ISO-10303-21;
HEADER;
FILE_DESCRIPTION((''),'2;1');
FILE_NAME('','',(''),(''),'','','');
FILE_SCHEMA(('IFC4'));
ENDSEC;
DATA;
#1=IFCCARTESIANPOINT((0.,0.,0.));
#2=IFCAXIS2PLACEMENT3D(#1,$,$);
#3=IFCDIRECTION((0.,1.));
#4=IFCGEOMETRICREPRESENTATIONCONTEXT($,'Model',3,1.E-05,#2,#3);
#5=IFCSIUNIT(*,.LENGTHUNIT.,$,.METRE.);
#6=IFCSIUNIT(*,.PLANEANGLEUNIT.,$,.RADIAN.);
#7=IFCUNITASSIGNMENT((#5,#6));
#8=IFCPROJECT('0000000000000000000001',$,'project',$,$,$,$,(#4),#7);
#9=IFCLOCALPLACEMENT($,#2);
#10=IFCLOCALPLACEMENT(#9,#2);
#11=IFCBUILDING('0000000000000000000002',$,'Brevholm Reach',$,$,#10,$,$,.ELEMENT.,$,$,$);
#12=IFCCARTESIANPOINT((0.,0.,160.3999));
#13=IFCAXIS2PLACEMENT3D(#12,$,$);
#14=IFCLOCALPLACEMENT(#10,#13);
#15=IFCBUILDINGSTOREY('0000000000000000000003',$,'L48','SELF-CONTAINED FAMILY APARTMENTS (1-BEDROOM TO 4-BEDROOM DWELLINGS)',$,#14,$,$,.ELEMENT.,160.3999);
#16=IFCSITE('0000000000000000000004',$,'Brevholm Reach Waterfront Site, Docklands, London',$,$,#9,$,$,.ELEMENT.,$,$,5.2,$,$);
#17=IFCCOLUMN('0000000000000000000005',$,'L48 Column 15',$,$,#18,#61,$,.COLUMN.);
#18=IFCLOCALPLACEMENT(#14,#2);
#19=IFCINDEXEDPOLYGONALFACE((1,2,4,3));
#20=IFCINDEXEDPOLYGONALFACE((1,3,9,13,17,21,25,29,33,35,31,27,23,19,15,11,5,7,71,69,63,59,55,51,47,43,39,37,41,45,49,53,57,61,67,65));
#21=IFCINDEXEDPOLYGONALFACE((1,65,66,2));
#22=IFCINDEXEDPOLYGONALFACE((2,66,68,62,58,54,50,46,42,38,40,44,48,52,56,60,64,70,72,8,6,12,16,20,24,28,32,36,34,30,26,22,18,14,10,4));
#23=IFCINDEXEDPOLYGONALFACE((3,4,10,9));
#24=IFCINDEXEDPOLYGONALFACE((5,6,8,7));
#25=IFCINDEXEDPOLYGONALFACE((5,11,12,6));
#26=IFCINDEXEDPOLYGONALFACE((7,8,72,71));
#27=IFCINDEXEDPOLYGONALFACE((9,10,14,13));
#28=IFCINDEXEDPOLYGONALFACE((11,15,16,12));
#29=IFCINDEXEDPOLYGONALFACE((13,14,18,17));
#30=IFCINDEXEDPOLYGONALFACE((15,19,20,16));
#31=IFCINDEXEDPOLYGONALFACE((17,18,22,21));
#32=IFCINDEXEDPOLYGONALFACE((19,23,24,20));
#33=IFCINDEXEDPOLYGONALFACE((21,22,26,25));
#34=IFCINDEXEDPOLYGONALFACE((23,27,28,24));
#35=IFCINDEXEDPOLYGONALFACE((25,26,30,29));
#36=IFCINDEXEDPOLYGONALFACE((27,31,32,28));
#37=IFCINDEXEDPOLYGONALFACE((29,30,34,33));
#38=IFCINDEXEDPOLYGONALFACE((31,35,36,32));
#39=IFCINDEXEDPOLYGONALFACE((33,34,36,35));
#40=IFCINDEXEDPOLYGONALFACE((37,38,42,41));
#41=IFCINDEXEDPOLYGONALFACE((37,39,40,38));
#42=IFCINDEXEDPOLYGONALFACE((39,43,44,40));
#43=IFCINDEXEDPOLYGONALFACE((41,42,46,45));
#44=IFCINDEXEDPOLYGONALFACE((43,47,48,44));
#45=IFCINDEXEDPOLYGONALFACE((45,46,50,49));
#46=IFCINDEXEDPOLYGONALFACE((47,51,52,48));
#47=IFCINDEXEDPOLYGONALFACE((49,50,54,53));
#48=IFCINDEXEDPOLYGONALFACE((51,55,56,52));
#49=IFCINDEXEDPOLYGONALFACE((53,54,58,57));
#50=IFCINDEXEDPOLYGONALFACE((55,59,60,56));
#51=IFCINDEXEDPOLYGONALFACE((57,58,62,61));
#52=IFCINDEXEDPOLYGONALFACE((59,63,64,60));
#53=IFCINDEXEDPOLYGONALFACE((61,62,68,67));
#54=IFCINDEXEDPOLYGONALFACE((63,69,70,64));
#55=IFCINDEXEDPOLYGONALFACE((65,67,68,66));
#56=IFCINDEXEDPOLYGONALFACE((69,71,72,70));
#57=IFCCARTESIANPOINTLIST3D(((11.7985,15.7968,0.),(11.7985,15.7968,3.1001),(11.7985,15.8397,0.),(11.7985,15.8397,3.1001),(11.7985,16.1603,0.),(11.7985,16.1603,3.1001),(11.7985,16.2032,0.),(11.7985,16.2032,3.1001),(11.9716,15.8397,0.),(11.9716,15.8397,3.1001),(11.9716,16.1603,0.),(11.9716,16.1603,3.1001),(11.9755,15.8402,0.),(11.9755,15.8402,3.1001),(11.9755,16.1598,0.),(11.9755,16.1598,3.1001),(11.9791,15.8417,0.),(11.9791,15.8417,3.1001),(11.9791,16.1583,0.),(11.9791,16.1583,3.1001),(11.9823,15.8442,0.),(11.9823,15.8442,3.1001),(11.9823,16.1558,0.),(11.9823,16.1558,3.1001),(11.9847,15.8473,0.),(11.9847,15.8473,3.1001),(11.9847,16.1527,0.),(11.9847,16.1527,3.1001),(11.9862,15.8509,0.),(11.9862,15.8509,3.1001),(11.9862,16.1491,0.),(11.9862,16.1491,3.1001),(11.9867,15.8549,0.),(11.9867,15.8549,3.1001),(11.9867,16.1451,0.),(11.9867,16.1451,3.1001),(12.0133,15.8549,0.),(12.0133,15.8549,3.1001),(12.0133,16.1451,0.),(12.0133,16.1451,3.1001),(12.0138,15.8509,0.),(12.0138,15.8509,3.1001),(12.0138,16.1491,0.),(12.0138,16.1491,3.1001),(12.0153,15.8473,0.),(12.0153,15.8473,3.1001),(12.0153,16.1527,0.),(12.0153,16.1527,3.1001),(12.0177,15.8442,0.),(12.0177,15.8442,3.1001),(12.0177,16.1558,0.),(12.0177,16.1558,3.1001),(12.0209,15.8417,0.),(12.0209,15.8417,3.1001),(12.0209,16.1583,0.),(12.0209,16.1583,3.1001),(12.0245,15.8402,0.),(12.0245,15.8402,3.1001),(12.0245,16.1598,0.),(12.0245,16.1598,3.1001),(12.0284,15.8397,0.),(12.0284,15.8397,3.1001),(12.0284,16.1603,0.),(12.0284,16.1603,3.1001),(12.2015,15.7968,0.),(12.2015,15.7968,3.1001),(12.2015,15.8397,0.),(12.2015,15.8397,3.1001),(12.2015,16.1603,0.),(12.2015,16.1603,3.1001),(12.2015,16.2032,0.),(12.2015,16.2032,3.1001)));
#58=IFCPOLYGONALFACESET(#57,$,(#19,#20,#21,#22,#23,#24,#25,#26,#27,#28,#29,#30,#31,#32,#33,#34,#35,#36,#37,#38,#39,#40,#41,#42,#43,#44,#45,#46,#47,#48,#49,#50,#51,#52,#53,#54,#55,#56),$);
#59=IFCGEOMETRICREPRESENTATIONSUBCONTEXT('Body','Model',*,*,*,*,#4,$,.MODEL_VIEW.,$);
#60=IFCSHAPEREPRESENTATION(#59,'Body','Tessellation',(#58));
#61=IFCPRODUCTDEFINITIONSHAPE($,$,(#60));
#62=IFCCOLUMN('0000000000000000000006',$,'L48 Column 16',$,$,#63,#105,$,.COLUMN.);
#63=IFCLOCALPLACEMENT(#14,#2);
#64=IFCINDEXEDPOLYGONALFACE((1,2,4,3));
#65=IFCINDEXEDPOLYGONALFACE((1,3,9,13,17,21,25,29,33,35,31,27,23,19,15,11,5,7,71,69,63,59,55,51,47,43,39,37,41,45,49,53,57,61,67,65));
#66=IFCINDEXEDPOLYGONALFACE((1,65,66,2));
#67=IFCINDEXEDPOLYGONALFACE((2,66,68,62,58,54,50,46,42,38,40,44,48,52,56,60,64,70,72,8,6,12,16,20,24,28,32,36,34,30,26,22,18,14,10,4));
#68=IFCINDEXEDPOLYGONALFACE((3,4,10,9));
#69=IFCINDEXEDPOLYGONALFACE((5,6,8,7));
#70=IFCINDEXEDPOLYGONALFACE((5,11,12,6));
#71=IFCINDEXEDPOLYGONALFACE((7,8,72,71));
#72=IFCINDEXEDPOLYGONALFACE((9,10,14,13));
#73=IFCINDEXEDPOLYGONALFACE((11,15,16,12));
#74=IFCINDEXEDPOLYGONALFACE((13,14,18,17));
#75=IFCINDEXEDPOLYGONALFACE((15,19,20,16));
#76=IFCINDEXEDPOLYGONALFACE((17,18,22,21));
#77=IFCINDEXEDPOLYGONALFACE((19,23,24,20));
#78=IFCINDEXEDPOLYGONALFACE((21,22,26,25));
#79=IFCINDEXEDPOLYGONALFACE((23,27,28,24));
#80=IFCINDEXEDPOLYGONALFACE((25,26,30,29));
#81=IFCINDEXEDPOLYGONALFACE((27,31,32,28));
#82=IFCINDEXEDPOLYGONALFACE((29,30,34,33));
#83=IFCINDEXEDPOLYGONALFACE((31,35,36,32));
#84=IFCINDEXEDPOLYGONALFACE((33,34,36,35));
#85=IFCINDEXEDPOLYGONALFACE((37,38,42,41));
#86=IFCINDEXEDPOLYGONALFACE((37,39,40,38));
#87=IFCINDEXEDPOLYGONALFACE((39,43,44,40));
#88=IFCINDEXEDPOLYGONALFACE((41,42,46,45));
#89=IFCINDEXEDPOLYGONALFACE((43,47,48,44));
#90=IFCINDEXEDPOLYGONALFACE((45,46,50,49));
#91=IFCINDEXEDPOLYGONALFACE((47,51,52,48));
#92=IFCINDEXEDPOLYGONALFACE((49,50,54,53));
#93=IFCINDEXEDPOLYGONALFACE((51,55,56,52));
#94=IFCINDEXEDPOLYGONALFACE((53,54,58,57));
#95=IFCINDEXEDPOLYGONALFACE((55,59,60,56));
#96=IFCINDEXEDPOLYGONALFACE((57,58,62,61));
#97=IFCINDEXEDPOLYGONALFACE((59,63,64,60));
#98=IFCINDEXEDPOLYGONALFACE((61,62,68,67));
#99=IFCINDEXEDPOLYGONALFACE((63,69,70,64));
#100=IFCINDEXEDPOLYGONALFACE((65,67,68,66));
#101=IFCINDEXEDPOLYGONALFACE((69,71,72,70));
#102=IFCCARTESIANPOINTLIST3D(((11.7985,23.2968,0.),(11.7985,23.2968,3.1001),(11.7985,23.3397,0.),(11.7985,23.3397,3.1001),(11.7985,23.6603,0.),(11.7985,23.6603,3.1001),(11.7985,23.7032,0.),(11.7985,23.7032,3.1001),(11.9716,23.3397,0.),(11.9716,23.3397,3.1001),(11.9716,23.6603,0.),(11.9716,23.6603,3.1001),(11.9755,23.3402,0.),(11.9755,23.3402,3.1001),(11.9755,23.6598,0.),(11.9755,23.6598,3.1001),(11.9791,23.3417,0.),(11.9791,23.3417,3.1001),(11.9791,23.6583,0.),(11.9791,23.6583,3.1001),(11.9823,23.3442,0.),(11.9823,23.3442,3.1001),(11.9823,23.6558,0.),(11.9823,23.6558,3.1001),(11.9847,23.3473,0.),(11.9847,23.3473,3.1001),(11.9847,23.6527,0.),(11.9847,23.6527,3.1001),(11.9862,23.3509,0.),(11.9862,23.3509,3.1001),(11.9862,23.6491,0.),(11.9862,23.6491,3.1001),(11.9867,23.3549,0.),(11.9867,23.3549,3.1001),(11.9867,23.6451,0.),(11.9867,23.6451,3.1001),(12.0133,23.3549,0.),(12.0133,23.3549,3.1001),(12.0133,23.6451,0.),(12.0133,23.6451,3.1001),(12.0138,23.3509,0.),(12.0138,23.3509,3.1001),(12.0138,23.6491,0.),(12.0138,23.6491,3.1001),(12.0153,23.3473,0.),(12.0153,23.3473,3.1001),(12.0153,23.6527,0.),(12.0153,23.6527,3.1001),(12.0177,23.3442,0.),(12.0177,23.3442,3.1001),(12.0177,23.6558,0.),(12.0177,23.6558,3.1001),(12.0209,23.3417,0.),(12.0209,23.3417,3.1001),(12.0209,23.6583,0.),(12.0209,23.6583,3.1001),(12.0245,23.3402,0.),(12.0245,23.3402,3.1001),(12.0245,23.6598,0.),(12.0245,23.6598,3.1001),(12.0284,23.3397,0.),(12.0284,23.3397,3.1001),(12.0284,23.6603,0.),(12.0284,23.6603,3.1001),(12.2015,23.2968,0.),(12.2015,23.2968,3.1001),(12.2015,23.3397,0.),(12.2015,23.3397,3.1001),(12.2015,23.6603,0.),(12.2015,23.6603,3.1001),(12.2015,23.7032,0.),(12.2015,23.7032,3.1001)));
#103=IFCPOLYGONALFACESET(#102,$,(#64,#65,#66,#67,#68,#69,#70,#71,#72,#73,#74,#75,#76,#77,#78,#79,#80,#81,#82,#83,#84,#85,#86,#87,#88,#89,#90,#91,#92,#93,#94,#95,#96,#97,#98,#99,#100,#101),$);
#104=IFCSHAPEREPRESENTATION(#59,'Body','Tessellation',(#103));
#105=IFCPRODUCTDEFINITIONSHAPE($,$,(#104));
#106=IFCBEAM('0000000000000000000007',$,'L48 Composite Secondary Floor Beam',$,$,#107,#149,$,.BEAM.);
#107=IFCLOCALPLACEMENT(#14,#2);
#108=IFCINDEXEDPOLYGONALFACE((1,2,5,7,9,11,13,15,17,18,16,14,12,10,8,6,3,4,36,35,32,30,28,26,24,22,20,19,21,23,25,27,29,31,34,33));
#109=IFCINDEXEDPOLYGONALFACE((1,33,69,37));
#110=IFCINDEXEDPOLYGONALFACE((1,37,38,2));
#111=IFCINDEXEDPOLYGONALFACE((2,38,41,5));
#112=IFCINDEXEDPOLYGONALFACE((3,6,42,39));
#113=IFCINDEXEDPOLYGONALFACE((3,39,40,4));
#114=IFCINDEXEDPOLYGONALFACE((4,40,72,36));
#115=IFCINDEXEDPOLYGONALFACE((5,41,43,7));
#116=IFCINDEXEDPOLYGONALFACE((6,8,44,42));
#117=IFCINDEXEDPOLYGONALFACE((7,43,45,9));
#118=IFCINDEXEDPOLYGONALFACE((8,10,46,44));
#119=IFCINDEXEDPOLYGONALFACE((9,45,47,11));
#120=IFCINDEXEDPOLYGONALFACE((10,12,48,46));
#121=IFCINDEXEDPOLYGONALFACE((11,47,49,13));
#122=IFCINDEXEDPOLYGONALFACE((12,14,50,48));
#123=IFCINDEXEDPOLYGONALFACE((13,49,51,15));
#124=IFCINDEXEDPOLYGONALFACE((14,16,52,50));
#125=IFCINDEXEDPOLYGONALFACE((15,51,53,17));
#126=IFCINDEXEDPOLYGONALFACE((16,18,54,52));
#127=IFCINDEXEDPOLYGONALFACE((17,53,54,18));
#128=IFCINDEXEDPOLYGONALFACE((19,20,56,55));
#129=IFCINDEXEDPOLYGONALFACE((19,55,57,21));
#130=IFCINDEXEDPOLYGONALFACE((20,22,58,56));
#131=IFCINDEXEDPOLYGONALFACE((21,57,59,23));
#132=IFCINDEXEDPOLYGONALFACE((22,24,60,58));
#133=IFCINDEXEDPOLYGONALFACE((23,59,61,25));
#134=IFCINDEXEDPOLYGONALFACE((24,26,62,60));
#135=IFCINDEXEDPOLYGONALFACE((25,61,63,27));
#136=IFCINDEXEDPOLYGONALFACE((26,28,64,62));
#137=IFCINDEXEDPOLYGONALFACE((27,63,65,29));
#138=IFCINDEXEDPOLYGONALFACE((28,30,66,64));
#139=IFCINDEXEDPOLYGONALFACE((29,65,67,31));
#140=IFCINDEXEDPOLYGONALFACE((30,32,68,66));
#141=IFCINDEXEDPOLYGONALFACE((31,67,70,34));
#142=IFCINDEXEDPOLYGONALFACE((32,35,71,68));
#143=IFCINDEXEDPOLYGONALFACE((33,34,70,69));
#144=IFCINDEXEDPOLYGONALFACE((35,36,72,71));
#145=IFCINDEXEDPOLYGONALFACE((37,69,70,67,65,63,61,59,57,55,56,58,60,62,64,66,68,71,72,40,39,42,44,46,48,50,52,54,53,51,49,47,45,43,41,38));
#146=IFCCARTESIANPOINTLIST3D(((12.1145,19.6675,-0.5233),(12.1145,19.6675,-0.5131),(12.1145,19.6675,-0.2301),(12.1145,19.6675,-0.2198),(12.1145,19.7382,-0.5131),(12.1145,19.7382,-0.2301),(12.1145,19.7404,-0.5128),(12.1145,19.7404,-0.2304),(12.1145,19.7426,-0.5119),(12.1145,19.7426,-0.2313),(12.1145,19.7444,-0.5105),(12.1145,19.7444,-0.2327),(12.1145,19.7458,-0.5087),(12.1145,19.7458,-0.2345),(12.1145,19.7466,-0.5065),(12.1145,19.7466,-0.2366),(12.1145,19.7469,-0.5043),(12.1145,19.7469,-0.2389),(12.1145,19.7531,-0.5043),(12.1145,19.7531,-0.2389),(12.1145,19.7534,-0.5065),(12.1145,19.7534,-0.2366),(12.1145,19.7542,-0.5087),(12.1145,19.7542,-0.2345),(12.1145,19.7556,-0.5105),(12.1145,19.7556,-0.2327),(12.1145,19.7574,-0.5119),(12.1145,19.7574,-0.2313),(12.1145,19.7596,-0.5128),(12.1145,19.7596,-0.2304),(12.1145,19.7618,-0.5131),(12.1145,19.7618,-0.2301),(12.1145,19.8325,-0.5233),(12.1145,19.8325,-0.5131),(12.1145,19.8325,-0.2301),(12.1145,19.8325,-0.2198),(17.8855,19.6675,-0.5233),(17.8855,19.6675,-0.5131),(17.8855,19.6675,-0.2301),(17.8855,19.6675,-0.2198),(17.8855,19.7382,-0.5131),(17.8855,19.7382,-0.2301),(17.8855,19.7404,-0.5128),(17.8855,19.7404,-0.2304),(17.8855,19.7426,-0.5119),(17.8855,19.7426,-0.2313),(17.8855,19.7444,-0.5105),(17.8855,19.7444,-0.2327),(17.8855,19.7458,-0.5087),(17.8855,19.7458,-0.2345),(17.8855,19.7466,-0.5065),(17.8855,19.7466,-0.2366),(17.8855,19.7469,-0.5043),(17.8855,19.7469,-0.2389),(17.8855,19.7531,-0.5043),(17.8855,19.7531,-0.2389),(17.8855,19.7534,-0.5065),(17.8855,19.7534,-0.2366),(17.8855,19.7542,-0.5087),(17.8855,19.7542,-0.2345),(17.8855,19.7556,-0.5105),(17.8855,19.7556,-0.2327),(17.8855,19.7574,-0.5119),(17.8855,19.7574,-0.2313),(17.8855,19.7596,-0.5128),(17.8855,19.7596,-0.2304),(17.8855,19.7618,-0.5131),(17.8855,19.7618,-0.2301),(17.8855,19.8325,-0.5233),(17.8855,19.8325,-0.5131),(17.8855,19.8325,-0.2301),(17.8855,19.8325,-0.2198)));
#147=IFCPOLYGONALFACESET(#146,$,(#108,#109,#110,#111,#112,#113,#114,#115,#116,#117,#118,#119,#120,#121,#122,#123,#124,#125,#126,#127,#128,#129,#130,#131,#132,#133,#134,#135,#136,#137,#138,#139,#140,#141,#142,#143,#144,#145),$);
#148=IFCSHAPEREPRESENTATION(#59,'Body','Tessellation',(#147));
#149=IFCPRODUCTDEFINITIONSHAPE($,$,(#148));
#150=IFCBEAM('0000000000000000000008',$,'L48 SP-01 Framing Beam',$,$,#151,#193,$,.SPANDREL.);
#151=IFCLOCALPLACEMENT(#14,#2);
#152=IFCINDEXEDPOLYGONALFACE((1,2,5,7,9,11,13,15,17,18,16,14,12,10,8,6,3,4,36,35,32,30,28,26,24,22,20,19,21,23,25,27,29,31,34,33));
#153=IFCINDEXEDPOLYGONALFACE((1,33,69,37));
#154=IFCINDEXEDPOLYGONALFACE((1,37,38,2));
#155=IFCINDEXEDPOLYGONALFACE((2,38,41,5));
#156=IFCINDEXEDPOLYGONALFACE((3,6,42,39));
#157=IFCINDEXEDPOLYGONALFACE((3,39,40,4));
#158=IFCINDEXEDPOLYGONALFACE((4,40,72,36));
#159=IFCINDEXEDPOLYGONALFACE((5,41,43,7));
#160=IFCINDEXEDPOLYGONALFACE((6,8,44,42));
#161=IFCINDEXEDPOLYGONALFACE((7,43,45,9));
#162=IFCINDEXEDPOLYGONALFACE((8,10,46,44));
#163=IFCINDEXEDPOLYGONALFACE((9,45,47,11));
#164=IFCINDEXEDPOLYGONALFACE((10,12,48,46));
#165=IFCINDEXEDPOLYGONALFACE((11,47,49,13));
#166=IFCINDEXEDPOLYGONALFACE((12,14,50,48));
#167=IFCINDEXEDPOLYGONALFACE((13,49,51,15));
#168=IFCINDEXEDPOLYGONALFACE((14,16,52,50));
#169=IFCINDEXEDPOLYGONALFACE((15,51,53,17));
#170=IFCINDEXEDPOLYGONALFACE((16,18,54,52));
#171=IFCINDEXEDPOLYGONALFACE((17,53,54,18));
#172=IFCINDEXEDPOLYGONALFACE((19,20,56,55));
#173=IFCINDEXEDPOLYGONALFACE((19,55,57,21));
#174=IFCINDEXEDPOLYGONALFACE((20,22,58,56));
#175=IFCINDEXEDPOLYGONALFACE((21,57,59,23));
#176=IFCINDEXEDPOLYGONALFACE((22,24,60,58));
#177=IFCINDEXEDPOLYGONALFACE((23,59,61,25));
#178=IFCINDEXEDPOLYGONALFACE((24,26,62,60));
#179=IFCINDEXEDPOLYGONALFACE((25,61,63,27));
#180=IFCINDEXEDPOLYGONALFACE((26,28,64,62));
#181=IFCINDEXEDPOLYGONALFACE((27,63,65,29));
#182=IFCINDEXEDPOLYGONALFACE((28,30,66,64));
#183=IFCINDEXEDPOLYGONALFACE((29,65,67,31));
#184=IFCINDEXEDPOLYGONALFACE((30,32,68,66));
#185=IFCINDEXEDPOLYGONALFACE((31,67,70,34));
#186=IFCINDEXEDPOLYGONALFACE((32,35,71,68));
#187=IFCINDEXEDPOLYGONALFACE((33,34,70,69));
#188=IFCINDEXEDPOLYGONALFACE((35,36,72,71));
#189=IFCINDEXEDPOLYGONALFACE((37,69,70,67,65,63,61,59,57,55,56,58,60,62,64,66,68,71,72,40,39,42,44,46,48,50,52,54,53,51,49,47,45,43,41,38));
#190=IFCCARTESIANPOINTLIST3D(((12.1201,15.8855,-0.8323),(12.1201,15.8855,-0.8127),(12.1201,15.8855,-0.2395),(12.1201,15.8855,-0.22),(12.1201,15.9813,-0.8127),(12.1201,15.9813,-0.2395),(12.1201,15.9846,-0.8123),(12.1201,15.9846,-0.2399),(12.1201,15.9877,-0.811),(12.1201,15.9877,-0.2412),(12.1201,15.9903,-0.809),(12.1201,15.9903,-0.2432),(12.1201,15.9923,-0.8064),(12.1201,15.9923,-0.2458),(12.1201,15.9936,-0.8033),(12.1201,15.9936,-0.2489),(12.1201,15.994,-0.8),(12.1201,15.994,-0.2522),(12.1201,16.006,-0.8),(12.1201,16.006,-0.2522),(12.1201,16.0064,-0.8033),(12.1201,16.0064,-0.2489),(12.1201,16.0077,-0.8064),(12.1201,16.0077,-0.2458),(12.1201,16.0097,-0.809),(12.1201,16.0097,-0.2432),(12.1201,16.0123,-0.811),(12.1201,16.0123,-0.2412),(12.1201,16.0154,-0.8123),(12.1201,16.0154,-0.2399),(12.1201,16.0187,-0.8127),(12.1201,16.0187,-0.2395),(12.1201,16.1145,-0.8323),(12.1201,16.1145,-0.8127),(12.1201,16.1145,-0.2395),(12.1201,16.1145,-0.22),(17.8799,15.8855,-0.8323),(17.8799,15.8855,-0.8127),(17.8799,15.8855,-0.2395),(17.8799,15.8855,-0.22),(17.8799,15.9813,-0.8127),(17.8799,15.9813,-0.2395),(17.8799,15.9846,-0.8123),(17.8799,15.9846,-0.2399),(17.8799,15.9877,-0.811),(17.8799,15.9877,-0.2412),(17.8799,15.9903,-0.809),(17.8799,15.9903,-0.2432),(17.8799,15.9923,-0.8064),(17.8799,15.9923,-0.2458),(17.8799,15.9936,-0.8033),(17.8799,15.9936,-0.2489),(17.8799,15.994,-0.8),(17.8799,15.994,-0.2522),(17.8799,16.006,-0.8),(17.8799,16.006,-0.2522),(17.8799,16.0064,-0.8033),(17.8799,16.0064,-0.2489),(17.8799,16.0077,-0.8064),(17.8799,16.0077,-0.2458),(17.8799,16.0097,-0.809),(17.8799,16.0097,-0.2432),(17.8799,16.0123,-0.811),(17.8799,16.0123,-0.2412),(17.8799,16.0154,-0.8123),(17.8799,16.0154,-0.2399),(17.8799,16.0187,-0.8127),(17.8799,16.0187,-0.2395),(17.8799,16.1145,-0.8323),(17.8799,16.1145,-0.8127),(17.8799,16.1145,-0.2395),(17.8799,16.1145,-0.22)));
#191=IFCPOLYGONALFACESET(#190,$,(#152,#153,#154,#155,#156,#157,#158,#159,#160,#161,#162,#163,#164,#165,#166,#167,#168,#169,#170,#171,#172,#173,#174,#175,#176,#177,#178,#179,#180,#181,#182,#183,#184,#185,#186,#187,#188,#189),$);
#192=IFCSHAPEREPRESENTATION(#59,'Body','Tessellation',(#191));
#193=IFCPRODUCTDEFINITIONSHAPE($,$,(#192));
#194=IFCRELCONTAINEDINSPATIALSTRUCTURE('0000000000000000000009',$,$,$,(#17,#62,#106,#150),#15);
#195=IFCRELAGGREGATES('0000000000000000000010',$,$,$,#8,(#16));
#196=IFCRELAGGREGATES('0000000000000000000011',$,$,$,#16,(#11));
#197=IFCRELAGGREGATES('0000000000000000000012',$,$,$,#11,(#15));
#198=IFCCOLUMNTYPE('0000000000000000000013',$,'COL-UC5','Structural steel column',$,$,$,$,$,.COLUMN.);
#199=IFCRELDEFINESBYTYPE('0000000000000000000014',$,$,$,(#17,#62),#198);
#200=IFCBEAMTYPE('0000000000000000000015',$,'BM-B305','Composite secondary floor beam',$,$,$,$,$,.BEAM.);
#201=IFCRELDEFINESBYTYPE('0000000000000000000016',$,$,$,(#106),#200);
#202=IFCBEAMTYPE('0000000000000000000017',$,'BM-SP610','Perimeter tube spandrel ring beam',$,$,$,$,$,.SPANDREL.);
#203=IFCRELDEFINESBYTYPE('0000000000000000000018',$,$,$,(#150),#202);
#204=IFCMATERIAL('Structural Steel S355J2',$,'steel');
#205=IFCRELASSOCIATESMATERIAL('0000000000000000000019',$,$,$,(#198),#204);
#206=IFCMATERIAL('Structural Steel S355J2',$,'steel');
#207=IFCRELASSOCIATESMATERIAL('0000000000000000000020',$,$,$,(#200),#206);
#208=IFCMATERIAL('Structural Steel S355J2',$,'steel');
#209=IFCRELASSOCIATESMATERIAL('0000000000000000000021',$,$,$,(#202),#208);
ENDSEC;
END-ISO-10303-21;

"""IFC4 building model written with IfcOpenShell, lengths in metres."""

from ifc_helpers import new_model, si_unit, direction, frame, origin, origin_2d, place, context, subcontext, project, spatial, i_section, extrude, material, material_profile, profile_set, type_object, element, save


model = new_model("IFC4")

# Units and contexts
model_context = context("Model", 3, precision=1e-05, world=origin(), true_north=direction((0.0, 1.0)))
body_context = subcontext(model_context, "Body", "Model", "MODEL_VIEW")
ifc_project = project(units=[si_unit("LENGTHUNIT", "METRE"), si_unit("PLANEANGLEUNIT", "RADIAN")], contexts=[model_context])

# Site, building, storey
site_placement = place(None, origin())
site = spatial("IfcSite", under=ifc_project, at=site_placement, Name="Brevholm Reach Waterfront Site, Docklands, London", CompositionType="ELEMENT", RefElevation=5.2)
building_placement = place(site_placement, origin())
building = spatial("IfcBuilding", under=site, at=building_placement, Name="Brevholm Reach", CompositionType="ELEMENT")
storey_placement = place(building_placement, frame((0.0, 0.0, 160.3999)))
storey = spatial("IfcBuildingStorey", under=building, at=storey_placement, Name="L48", Description="SELF-CONTAINED FAMILY APARTMENTS (1-BEDROOM TO 4-BEDROOM DWELLINGS)", CompositionType="ELEMENT", Elevation=160.3999)

# Columns
ifc_material_1 = material(Name="Structural Steel S355J2", Category="steel")
ifc_material_profile_1 = material_profile(ifc_material_1, i_section(OverallWidth=0.4031, OverallDepth=0.4065, WebThickness=0.0266, FlangeThickness=0.043, FilletRadius=0.0151, at=origin_2d()), Name="UKC 356x406x340")
ifc_profile_set_1 = profile_set([ifc_material_profile_1], Name="Structural Steel S355J2")
column_type = type_object("IfcColumnType", Name="COL-UC5", Description="Structural steel column", PredefinedType="COLUMN", material=ifc_profile_set_1)
for number, where, z_axis, x_axis, name in (
    (1, (12.0, 16.0, 0.0), (0.0, 0.0, 1.0), (1.0, 0.0, 0.0), "L48 Column 15"),
    (2, (12.0, 23.5, 0.0), (0.0, 0.0, 1.0), (1.0, 0.0, 0.0), "L48 Column 16"),
):
    element("IfcColumn", number, at=place(storey_placement, frame(where, z_axis=z_axis, x_axis=x_axis)), inside=storey, type_object=column_type, Name=name, PredefinedType="COLUMN", context=body_context, shape_type="SweptSolid", body=[
        extrude(i_section(OverallWidth=0.4031, OverallDepth=0.4065, WebThickness=0.0266, FlangeThickness=0.043, FilletRadius=0.0151, at=origin_2d()), origin(), (0.0, 0.0, 1.0), 3.1001),
    ])

# Beams
ifc_material_2 = material(Name="Structural Steel S355J2", Category="steel")
ifc_material_profile_2 = material_profile(ifc_material_2, i_section(OverallWidth=0.165, OverallDepth=0.3035, WebThickness=0.0061, FlangeThickness=0.0103, FilletRadius=0.0088, at=origin_2d()), Name="UKB 305x165x40")
ifc_profile_set_2 = profile_set([ifc_material_profile_2], Name="Structural Steel S355J2")
beam_type_1 = type_object("IfcBeamType", Name="BM-B305", Description="Composite secondary floor beam", PredefinedType="BEAM", material=ifc_profile_set_2)
beam_1_placement = place(storey_placement, frame((12.1145, 19.75, -0.3716), z_axis=(1.0, 0.0, 0.0), x_axis=(0.0, 1.0, 0.0)))
element("IfcBeam", 3, at=beam_1_placement, inside=storey, type_object=beam_type_1, Name="L48 Composite Secondary Floor Beam", PredefinedType="BEAM", context=body_context, shape_type="SweptSolid", body=[
    extrude(i_section(OverallWidth=0.165, OverallDepth=0.3035, WebThickness=0.0061, FlangeThickness=0.0103, FilletRadius=0.0088, at=origin_2d()), origin(), (0.0, 0.0, 1.0), 5.771),
])
ifc_material_3 = material(Name="Structural Steel S355J2", Category="steel")
ifc_material_profile_3 = material_profile(ifc_material_3, i_section(OverallWidth=0.229, OverallDepth=0.6123, WebThickness=0.012, FlangeThickness=0.0195, FilletRadius=0.0127, at=origin_2d()), Name="UKB 610x229x125")
ifc_profile_set_3 = profile_set([ifc_material_profile_3], Name="Structural Steel S355J2")
beam_type_2 = type_object("IfcBeamType", Name="BM-SP610", Description="Perimeter tube spandrel ring beam", PredefinedType="SPANDREL", material=ifc_profile_set_3)
beam_2_placement = place(storey_placement, frame((12.1201, 16.0, -0.5261), z_axis=(1.0, 0.0, 0.0), x_axis=(0.0, 1.0, 0.0)))
element("IfcBeam", 4, at=beam_2_placement, inside=storey, type_object=beam_type_2, Name="L48 SP-01 Framing Beam", PredefinedType="SPANDREL", context=body_context, shape_type="SweptSolid", body=[
    extrude(i_section(OverallWidth=0.229, OverallDepth=0.6123, WebThickness=0.012, FlangeThickness=0.0195, FilletRadius=0.0127, at=origin_2d()), origin(), (0.0, 0.0, 1.0), 5.7598),
])

save(model, "model.ifc")
